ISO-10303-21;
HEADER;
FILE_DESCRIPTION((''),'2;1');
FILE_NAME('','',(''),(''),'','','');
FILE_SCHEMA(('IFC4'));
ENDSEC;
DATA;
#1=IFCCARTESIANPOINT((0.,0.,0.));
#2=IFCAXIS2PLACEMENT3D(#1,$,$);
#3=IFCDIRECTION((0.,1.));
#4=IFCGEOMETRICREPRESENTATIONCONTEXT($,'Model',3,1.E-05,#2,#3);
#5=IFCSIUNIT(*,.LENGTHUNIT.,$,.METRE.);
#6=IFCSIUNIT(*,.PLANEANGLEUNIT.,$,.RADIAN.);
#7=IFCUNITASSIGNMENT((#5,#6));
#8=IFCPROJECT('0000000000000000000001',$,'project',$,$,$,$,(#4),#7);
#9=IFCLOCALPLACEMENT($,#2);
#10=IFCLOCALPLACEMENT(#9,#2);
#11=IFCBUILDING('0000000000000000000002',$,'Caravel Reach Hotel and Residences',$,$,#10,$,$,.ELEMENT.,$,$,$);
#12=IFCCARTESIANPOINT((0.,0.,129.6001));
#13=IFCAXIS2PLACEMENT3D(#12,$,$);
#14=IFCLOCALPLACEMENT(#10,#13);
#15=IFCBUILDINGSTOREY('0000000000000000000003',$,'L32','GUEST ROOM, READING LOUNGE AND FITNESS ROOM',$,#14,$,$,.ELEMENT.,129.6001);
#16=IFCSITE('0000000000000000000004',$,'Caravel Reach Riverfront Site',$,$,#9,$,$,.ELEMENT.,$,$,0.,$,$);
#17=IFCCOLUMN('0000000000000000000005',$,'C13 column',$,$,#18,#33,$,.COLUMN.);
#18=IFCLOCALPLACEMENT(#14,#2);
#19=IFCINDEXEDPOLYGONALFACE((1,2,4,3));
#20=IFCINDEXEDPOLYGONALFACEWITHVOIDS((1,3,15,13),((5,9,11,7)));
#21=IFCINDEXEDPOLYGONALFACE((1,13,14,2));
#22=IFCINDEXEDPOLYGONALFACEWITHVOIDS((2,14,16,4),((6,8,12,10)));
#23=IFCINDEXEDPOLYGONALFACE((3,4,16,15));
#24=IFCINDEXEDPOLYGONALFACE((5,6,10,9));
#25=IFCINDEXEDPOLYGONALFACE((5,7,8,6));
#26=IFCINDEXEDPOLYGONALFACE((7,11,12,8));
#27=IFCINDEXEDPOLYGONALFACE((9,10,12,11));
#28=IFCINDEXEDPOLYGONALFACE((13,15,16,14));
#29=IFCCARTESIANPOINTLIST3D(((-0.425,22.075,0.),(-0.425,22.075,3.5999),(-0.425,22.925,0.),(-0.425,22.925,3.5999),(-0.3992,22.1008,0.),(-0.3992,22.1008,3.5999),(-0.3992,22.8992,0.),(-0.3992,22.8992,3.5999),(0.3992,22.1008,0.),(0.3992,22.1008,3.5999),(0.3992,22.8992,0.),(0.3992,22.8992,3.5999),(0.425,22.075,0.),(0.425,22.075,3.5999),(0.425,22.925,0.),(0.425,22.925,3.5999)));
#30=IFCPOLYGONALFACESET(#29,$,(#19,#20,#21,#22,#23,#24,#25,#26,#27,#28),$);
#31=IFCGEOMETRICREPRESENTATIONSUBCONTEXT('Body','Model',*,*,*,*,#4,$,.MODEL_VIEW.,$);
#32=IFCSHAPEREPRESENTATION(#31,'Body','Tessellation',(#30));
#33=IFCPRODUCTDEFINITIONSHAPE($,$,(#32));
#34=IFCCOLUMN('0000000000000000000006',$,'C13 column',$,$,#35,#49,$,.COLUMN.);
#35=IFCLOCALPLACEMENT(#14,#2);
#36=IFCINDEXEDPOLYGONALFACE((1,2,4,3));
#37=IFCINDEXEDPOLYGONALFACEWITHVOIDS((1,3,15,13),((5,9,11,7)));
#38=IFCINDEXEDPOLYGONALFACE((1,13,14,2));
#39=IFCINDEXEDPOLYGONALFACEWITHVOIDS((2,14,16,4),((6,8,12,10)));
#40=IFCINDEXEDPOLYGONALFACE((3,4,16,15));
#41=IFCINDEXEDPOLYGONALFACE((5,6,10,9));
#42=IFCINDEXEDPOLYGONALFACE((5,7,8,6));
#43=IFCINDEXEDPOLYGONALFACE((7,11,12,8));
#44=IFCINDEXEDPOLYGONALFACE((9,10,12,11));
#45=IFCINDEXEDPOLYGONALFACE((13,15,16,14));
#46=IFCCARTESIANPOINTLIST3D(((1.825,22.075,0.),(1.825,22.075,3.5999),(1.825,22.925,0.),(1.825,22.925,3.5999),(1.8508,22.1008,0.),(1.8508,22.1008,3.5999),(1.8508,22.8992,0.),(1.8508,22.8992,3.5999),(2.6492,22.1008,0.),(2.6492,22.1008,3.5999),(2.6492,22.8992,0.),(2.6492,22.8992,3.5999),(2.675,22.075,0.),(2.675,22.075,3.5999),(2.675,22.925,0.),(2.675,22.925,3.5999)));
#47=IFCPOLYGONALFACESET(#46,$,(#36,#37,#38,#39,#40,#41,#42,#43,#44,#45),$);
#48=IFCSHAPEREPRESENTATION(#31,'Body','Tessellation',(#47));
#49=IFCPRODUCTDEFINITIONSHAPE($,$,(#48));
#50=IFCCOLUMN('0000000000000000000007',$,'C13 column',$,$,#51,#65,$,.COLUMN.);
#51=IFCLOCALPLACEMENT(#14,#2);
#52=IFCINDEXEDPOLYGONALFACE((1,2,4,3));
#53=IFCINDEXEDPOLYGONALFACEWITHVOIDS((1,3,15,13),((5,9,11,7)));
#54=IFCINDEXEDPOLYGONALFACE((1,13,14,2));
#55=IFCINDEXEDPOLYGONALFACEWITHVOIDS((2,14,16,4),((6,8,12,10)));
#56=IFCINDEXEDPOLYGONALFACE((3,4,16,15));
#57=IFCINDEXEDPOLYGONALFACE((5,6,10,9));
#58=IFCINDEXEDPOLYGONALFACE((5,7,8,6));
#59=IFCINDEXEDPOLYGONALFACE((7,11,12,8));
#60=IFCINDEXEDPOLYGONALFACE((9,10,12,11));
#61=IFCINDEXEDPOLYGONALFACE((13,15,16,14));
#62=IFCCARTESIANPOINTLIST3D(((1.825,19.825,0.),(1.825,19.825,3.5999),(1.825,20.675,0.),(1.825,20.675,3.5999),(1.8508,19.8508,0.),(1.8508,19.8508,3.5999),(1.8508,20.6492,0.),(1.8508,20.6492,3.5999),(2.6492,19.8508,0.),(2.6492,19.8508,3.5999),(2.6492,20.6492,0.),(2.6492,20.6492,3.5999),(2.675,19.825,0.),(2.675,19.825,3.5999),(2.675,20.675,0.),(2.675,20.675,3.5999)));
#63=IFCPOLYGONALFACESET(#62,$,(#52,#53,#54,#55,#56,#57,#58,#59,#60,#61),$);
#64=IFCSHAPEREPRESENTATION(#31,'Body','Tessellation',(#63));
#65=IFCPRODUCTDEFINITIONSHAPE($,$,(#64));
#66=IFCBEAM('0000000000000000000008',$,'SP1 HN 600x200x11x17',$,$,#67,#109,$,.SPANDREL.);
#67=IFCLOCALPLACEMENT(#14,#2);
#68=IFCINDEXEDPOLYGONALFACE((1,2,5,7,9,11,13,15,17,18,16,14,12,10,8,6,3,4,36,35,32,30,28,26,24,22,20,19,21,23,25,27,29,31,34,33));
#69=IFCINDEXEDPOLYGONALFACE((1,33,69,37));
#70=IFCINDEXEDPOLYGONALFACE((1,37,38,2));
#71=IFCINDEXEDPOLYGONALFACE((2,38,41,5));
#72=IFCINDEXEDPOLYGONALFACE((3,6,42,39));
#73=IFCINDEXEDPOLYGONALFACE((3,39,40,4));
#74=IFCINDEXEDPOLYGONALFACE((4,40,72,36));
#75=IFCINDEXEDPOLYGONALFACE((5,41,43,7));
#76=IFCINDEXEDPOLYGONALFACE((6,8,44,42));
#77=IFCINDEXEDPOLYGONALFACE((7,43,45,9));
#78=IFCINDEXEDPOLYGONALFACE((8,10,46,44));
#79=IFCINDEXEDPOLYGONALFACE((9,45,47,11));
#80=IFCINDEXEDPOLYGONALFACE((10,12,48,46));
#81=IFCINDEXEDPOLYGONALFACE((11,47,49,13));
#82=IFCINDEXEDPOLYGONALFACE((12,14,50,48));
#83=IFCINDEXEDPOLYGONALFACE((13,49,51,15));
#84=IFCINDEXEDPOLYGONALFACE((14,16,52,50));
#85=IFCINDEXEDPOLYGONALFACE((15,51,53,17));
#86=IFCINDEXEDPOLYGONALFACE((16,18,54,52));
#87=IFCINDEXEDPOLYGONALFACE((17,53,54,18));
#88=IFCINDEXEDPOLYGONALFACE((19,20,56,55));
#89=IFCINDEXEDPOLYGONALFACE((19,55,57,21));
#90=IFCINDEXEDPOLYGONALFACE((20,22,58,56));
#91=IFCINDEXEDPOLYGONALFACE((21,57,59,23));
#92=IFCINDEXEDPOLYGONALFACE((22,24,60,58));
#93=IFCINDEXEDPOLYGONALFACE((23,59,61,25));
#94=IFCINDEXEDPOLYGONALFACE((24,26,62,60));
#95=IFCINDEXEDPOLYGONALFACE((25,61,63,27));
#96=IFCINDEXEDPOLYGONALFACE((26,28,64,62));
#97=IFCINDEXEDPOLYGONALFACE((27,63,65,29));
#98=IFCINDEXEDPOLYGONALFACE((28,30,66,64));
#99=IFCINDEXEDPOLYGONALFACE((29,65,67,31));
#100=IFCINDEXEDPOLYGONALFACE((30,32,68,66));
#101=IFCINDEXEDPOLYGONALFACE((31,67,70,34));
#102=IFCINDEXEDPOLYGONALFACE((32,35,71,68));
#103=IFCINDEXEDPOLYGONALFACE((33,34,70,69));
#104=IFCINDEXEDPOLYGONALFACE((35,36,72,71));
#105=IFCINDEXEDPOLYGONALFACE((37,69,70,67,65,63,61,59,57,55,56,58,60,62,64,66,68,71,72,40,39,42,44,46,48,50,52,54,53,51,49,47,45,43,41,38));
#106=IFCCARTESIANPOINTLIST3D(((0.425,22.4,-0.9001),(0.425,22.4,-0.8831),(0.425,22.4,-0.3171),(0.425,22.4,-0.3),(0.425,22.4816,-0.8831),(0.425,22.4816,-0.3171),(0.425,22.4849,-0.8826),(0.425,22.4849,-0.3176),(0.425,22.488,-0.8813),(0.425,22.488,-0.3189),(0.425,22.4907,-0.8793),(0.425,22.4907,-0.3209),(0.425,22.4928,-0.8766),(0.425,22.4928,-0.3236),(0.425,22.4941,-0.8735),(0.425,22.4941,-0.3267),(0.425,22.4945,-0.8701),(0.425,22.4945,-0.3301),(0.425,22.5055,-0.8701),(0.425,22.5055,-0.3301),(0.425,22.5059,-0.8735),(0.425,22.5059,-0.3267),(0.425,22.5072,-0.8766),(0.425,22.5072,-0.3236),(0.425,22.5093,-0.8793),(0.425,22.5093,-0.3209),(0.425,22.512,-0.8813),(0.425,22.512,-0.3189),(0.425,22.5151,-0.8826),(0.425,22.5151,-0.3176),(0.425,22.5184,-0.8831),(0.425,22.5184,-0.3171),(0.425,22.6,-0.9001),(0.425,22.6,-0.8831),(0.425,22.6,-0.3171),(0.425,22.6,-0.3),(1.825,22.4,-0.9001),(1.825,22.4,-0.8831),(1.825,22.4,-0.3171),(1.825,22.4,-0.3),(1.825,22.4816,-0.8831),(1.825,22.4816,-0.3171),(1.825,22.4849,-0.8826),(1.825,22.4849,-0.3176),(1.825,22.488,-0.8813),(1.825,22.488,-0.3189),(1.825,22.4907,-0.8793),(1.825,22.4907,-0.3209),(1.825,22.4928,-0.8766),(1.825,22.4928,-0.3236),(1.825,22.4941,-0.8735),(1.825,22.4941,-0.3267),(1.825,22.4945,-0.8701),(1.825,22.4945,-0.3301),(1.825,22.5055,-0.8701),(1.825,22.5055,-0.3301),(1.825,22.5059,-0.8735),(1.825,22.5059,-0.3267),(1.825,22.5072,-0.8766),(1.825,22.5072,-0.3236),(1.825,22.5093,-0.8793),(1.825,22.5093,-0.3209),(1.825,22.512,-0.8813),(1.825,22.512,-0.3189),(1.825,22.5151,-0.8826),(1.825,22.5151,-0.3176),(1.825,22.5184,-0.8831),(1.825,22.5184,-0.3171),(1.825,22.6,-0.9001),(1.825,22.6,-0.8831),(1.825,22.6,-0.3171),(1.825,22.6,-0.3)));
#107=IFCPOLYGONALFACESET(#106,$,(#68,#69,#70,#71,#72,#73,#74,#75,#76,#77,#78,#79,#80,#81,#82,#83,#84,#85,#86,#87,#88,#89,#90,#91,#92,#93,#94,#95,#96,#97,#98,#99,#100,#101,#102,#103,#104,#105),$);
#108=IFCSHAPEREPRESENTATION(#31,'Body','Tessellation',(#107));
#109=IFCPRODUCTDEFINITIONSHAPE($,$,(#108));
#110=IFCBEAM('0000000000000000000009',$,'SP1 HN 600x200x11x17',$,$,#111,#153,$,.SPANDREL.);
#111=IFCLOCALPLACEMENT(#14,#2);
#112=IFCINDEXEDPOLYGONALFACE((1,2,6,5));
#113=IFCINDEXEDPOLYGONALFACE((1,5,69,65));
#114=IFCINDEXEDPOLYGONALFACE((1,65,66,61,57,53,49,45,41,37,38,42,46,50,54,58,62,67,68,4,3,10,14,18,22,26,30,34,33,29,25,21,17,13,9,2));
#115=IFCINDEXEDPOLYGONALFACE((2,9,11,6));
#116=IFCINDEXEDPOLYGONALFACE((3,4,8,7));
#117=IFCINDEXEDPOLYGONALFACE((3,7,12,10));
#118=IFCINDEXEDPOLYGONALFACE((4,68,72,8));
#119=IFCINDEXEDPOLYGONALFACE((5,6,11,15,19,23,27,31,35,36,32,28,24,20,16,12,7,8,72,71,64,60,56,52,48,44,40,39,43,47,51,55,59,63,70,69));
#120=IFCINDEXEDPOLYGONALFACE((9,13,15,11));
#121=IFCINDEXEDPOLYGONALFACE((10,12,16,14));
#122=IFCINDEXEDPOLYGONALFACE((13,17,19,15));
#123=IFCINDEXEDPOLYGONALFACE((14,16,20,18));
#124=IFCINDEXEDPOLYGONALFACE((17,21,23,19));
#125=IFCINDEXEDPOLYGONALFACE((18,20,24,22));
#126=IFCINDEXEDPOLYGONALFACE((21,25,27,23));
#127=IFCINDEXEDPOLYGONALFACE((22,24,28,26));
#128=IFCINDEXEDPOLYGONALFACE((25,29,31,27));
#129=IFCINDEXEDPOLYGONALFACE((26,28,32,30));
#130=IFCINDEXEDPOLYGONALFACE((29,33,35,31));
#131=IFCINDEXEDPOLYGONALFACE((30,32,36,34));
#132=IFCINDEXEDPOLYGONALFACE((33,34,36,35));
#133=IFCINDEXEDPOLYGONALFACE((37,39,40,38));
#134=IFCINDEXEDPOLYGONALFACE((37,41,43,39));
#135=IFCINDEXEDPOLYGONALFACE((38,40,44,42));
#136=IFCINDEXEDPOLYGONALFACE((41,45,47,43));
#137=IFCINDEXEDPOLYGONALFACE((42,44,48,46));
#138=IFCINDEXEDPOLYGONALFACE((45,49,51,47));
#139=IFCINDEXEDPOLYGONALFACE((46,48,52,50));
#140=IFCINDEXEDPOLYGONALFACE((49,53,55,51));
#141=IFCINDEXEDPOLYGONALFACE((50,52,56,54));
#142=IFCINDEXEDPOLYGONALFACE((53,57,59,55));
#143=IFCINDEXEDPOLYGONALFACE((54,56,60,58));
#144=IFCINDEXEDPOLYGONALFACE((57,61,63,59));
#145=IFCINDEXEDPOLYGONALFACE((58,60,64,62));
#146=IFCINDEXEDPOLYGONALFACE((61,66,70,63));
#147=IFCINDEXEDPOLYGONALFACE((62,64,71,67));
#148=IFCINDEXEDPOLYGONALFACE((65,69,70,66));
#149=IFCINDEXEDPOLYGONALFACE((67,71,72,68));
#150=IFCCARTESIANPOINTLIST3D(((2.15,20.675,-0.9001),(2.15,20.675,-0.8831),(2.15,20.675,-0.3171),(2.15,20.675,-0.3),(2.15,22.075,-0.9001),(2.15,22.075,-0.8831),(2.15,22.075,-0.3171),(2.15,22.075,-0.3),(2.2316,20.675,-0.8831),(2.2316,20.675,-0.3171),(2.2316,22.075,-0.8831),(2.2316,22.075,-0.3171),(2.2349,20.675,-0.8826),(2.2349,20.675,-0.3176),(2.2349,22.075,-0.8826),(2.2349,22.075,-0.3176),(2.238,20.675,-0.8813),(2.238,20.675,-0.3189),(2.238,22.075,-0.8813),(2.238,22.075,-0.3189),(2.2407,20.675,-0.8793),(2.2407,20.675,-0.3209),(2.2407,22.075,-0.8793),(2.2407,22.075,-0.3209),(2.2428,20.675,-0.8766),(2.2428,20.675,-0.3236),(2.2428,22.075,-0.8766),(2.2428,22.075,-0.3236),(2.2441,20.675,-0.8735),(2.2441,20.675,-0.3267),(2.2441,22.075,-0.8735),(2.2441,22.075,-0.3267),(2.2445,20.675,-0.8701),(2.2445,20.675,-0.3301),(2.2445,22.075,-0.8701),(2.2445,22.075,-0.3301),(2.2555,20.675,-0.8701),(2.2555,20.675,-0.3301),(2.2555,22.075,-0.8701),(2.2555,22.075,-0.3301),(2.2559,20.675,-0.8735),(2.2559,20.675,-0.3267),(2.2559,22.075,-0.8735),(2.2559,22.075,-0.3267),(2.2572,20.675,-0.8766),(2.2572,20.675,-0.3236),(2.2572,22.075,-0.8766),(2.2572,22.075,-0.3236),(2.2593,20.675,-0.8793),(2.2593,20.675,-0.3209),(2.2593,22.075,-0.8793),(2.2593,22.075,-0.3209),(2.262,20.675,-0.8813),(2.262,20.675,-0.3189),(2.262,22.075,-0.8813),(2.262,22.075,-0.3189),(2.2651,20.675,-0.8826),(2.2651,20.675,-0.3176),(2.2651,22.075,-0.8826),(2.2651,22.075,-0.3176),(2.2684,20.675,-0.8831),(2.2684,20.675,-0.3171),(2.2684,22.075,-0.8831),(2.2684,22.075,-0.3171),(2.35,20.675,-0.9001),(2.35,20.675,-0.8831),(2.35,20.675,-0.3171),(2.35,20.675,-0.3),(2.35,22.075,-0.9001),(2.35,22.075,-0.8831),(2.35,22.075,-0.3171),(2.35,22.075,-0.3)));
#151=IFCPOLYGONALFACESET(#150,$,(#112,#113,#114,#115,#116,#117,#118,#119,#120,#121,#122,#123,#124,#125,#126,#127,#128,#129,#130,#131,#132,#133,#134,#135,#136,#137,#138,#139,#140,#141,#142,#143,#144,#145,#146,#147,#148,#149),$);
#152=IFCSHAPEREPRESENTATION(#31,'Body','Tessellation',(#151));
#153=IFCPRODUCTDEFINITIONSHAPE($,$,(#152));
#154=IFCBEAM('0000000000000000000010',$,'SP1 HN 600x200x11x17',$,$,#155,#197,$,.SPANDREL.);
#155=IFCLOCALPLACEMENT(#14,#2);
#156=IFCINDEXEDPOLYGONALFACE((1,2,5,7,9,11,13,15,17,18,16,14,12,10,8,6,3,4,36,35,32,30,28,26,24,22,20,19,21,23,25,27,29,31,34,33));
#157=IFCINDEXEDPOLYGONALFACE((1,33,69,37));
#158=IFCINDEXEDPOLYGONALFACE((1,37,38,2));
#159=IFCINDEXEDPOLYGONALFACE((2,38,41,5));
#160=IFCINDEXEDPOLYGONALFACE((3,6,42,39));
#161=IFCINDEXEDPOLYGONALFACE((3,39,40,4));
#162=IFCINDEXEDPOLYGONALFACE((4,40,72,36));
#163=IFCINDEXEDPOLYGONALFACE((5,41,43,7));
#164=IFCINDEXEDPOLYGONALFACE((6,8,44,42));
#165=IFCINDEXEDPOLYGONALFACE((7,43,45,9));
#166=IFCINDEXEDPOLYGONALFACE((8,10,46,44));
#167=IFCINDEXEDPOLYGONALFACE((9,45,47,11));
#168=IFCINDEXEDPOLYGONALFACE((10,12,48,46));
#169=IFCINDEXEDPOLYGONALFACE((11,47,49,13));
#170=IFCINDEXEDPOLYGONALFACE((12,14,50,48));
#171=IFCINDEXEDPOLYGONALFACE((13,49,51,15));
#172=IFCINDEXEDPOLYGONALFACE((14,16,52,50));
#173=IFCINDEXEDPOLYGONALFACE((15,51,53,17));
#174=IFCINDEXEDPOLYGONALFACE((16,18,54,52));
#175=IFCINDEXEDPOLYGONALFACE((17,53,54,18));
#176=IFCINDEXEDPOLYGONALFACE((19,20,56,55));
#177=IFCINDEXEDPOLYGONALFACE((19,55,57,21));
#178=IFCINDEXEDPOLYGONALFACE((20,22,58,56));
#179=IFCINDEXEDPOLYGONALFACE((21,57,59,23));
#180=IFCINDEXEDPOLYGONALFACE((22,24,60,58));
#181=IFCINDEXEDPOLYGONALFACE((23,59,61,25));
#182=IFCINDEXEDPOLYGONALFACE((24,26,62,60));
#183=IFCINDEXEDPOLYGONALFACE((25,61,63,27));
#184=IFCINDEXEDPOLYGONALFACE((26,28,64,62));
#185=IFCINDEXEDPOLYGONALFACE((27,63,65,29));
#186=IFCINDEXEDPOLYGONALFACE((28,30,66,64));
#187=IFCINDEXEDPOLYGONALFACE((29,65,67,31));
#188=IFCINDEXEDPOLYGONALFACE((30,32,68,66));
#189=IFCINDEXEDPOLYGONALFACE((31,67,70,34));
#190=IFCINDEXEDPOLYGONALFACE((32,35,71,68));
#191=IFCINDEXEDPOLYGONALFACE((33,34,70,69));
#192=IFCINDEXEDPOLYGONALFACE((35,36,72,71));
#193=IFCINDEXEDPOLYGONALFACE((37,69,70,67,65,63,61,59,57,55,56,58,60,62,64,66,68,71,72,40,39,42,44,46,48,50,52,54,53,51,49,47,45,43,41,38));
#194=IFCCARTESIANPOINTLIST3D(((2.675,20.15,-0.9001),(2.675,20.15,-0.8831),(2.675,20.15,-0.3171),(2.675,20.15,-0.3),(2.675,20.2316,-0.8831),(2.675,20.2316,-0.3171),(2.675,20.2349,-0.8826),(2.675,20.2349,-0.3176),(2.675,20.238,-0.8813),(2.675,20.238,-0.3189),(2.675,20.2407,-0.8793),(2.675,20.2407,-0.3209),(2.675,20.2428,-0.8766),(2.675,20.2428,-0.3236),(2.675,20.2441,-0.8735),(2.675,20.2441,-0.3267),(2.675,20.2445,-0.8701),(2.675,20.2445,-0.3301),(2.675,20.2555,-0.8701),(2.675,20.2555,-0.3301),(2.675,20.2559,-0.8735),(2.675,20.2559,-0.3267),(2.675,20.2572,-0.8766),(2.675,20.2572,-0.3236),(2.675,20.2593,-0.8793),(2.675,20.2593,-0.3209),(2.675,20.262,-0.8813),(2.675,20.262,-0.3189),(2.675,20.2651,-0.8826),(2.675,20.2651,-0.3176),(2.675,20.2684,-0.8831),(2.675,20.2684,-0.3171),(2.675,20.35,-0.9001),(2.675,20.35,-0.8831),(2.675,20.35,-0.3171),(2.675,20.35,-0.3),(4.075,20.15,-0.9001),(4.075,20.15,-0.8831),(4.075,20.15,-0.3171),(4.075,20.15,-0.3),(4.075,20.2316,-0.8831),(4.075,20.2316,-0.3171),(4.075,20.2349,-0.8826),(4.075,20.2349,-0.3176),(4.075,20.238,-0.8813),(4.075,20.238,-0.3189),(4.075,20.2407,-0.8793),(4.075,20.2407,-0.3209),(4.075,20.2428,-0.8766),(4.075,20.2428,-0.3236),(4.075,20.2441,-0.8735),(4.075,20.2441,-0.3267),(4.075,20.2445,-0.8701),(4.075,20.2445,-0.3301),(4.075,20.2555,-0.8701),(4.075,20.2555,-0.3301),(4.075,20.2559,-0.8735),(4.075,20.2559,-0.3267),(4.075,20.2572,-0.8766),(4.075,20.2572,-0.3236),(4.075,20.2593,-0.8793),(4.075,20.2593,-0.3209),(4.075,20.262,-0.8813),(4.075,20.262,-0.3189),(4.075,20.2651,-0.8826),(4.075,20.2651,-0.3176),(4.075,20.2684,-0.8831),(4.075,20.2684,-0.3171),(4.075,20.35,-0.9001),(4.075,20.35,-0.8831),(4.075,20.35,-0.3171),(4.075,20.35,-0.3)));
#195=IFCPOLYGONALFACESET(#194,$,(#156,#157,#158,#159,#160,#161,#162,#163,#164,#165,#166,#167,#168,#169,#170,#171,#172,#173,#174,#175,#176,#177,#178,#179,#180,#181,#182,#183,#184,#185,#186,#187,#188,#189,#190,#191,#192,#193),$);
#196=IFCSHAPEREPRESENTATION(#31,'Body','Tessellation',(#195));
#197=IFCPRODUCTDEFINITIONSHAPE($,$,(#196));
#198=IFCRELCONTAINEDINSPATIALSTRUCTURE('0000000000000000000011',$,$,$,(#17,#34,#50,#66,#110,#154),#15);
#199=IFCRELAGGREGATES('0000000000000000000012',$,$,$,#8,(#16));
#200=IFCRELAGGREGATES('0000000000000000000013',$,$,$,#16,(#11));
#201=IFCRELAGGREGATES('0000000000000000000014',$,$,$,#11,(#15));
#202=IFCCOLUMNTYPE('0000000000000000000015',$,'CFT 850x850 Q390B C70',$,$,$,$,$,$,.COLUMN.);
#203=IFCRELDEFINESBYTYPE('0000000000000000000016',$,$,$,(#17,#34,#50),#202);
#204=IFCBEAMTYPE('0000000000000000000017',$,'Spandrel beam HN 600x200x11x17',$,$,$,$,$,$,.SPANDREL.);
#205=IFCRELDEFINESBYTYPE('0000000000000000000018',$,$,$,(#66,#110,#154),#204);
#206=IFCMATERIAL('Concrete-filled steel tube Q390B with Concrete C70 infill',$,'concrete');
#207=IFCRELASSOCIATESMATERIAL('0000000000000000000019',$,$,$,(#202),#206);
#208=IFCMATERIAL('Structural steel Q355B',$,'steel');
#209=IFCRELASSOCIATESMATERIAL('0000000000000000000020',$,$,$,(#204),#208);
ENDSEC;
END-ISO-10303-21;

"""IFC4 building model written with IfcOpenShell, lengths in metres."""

from ifc_helpers import new_model, si_unit, direction, frame, origin, origin_2d, place, context, subcontext, project, spatial, hollow_rectangle, i_section, extrude, material, material_profile, profile_set, type_object, element, save


model = new_model("IFC4")

# Units and contexts
model_context = context("Model", 3, precision=1e-05, world=origin(), true_north=direction((0.0, 1.0)))
body_context = subcontext(model_context, "Body", "Model", "MODEL_VIEW")
ifc_project = project(units=[si_unit("LENGTHUNIT", "METRE"), si_unit("PLANEANGLEUNIT", "RADIAN")], contexts=[model_context])

# Site, building, storey
site_placement = place(None, origin())
site = spatial("IfcSite", under=ifc_project, at=site_placement, Name="Caravel Reach Riverfront Site", CompositionType="ELEMENT", RefElevation=0.0)
building_placement = place(site_placement, origin())
building = spatial("IfcBuilding", under=site, at=building_placement, Name="Caravel Reach Hotel and Residences", CompositionType="ELEMENT")
storey_placement = place(building_placement, frame((0.0, 0.0, 129.6001)))
storey = spatial("IfcBuildingStorey", under=building, at=storey_placement, Name="L32", Description="GUEST ROOM, READING LOUNGE AND FITNESS ROOM", CompositionType="ELEMENT", Elevation=129.6001)

# Columns
ifc_material_1 = material(Name="Concrete-filled steel tube Q390B with Concrete C70 infill", Category="concrete")
ifc_material_profile_1 = material_profile(ifc_material_1, hollow_rectangle(XDim=0.8501, YDim=0.8501, WallThickness=0.0259, at=origin_2d()), Name="RHS 850x850x26")
ifc_profile_set_1 = profile_set([ifc_material_profile_1], Name="Concrete-filled steel tube Q390B with Concrete C70 infill")
column_type = type_object("IfcColumnType", Name="CFT 850x850 Q390B C70", PredefinedType="COLUMN", material=ifc_profile_set_1)
for number, where, z_axis, x_axis, name in (
    (1, (0.0, 22.5, 0.0), (0.0, 0.0, 1.0), (1.0, 0.0, 0.0), "C13 column"),
    (2, (2.25, 22.5, 0.0), (0.0, 0.0, 1.0), (1.0, 0.0, 0.0), "C13 column"),
    (3, (2.25, 20.25, 0.0), (0.0, 0.0, 1.0), (1.0, 0.0, 0.0), "C13 column"),
):
    element("IfcColumn", number, at=place(storey_placement, frame(where, z_axis=z_axis, x_axis=x_axis)), inside=storey, type_object=column_type, Name=name, PredefinedType="COLUMN", context=body_context, shape_type="SweptSolid", body=[
        extrude(hollow_rectangle(XDim=0.8501, YDim=0.8501, WallThickness=0.0259, at=origin_2d()), origin(), (0.0, 0.0, 1.0), 3.5999),
    ])

# Beams
ifc_material_2 = material(Name="Structural steel Q355B", Category="steel")
ifc_material_profile_2 = material_profile(ifc_material_2, i_section(OverallWidth=0.2, OverallDepth=0.6001, WebThickness=0.011, FlangeThickness=0.0171, FilletRadius=0.0129, at=origin_2d()), Name="HN 600x200x11x17")
ifc_profile_set_2 = profile_set([ifc_material_profile_2], Name="Structural steel Q355B")
beam_type = type_object("IfcBeamType", Name="Spandrel beam HN 600x200x11x17", PredefinedType="SPANDREL", material=ifc_profile_set_2)
for number, where, z_axis, x_axis, name in (
    (4, (0.425, 22.5, -0.6001), (1.0, 0.0, 0.0), (0.0, 1.0, 0.0), "SP1 HN 600x200x11x17"),
    (5, (2.25, 22.075, -0.6001), (0.0, -1.0, 0.0), (1.0, 0.0, 0.0), "SP1 HN 600x200x11x17"),
    (6, (2.675, 20.25, -0.6001), (1.0, 0.0, 0.0), (0.0, 1.0, 0.0), "SP1 HN 600x200x11x17"),
):
    element("IfcBeam", number, at=place(storey_placement, frame(where, z_axis=z_axis, x_axis=x_axis)), inside=storey, type_object=beam_type, Name=name, PredefinedType="SPANDREL", context=body_context, shape_type="SweptSolid", body=[
        extrude(i_section(OverallWidth=0.2, OverallDepth=0.6001, WebThickness=0.011, FlangeThickness=0.0171, FilletRadius=0.0129, at=origin_2d()), origin(), (0.0, 0.0, 1.0), 1.3999),
    ])

save(model, "model.ifc")
